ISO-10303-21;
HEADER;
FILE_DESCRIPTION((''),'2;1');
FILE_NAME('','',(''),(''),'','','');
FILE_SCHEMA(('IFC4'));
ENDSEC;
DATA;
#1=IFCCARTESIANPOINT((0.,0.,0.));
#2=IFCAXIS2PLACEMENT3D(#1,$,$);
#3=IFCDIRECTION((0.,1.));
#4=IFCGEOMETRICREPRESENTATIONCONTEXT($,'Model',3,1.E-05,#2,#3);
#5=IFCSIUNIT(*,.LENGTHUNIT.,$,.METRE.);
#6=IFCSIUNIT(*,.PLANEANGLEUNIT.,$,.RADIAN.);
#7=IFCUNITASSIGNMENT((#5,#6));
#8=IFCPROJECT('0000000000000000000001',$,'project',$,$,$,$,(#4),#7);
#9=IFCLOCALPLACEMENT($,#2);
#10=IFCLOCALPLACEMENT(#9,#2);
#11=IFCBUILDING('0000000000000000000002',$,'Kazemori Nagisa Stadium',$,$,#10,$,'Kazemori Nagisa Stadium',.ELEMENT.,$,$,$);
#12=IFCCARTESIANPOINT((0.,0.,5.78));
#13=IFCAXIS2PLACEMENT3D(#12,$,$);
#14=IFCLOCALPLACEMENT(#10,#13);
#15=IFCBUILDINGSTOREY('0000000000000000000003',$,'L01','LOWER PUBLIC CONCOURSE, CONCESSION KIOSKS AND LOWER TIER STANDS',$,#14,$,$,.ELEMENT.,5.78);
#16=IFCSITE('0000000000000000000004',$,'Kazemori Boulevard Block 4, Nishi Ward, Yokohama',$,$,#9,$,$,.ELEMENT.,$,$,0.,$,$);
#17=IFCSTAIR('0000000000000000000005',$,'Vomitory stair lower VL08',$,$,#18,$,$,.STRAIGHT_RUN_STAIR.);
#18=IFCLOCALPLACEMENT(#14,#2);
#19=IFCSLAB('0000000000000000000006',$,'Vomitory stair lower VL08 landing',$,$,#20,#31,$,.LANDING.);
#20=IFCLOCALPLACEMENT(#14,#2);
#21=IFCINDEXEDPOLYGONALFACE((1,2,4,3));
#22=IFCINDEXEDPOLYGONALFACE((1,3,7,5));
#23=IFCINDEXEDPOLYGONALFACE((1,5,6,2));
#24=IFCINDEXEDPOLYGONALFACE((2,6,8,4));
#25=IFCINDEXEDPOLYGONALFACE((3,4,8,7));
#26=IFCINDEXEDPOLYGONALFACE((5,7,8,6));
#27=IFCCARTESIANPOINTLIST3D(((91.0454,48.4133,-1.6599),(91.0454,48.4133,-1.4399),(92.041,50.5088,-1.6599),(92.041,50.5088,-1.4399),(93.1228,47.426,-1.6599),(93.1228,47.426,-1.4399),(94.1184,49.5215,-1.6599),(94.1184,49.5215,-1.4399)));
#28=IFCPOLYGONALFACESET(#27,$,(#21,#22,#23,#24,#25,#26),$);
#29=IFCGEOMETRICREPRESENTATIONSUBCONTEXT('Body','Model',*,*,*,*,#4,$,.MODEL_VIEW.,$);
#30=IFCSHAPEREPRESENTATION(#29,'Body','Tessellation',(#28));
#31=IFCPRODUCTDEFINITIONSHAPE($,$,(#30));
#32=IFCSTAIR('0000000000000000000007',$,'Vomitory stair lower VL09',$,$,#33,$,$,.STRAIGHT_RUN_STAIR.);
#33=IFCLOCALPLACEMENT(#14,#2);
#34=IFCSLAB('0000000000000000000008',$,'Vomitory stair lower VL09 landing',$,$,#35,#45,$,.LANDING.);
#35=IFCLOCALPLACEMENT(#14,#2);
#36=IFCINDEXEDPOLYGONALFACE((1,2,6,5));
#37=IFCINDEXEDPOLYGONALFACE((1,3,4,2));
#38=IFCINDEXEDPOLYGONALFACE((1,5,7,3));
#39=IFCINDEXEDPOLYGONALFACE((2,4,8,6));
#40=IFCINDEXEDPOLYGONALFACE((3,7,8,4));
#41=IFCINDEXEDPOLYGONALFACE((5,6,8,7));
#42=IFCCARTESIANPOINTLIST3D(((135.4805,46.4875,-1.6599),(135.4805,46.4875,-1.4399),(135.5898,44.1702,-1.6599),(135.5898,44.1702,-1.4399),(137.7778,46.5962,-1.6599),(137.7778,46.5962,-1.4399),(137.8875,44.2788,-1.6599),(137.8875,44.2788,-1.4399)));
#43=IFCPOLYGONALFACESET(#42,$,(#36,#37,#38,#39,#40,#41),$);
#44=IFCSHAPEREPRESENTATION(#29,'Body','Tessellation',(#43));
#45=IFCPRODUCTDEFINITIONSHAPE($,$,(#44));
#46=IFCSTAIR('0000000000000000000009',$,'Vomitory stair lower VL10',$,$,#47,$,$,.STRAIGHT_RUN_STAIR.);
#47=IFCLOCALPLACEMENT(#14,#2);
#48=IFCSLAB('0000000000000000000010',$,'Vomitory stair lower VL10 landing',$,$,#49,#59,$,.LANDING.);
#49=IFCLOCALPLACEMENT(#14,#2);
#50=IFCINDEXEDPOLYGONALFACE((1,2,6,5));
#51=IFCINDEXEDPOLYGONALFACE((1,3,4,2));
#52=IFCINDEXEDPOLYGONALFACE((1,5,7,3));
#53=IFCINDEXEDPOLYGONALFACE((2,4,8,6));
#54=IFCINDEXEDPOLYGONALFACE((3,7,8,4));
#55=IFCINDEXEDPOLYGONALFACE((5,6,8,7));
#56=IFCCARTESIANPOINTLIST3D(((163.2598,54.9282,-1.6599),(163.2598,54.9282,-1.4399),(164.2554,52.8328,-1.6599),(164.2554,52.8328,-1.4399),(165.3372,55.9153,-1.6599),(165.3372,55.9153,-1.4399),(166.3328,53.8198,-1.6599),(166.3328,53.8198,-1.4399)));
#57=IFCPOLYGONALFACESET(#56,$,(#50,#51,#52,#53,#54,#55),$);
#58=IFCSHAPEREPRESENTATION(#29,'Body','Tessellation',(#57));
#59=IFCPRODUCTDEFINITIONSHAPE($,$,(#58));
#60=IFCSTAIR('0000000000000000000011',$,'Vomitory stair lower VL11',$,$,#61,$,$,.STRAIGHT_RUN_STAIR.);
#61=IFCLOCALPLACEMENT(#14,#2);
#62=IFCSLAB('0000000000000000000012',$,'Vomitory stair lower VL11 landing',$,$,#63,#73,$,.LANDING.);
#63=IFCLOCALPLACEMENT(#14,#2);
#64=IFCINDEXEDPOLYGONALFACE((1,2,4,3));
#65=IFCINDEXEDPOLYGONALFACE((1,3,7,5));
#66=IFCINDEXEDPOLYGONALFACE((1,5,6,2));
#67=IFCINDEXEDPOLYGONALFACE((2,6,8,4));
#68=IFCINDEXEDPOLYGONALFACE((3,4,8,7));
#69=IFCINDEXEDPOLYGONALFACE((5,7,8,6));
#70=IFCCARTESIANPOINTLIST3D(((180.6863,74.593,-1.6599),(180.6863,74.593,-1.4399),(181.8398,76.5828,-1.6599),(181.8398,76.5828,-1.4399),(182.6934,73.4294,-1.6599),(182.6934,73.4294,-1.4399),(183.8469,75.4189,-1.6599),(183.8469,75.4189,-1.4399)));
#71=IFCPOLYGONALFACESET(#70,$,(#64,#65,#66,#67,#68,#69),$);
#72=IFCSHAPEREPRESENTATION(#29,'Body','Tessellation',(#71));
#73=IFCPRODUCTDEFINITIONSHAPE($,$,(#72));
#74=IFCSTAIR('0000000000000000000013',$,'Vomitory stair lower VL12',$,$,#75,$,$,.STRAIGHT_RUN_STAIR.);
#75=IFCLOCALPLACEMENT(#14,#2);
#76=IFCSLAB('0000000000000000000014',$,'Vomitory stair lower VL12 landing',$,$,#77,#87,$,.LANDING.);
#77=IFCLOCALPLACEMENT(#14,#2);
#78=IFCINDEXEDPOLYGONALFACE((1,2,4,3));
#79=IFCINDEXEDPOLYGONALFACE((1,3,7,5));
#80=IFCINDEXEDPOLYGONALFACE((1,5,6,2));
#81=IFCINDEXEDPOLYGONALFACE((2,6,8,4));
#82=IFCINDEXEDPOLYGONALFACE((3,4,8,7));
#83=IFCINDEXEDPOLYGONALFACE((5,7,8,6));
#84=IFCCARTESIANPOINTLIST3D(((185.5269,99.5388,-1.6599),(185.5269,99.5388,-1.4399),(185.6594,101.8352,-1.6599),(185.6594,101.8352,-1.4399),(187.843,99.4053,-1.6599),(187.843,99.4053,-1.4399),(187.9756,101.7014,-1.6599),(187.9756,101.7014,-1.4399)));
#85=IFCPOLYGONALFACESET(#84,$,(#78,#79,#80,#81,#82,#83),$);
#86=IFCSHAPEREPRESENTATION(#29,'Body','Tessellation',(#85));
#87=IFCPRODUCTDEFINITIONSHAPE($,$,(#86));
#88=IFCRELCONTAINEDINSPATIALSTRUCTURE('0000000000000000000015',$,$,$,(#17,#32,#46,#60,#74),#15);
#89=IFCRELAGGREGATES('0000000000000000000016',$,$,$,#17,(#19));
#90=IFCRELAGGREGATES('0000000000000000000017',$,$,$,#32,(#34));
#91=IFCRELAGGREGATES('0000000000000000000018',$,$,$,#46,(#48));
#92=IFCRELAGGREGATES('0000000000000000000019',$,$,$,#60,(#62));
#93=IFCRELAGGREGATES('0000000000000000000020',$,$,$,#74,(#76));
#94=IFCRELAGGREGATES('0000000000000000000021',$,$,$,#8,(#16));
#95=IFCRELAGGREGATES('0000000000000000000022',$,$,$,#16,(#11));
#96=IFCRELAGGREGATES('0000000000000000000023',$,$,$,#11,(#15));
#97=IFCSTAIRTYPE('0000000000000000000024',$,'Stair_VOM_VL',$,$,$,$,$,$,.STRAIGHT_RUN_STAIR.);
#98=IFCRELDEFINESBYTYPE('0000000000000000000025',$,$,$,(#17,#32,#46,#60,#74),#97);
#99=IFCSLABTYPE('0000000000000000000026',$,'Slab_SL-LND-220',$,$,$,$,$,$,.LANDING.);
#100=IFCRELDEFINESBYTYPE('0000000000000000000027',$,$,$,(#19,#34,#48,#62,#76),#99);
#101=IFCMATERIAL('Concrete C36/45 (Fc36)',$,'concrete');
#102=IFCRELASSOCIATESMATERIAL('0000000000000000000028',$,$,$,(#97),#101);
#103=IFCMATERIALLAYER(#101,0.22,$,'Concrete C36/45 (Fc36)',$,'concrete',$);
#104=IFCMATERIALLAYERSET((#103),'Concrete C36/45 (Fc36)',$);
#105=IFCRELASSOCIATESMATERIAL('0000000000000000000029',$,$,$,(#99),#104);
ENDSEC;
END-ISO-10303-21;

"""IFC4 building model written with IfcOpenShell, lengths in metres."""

from ifc_helpers import new_model, si_unit, direction, frame, origin, place, context, subcontext, project, spatial, polyline, outline, extrude, material, layer, layer_set, type_object, element, aggregate, save


model = new_model("IFC4")

# Units and contexts
model_context = context("Model", 3, precision=1e-05, world=origin(), true_north=direction((0.0, 1.0)))
body_context = subcontext(model_context, "Body", "Model", "MODEL_VIEW")
ifc_project = project(units=[si_unit("LENGTHUNIT", "METRE"), si_unit("PLANEANGLEUNIT", "RADIAN")], contexts=[model_context])

# Site, building, storey
site_placement = place(None, origin())
site = spatial("IfcSite", under=ifc_project, at=site_placement, Name="Kazemori Boulevard Block 4, Nishi Ward, Yokohama", CompositionType="ELEMENT", RefElevation=0.0)
building_placement = place(site_placement, origin())
building = spatial("IfcBuilding", under=site, at=building_placement, Name="Kazemori Nagisa Stadium", LongName="Kazemori Nagisa Stadium", CompositionType="ELEMENT")
storey_placement = place(building_placement, frame((0.0, 0.0, 5.78)))
storey = spatial("IfcBuildingStorey", under=building, at=storey_placement, Name="L01", Description="LOWER PUBLIC CONCOURSE, CONCESSION KIOSKS AND LOWER TIER STANDS", CompositionType="ELEMENT", Elevation=5.78)

# Shared definitions
ifc_material = material(Name="Concrete C36/45 (Fc36)", Category="concrete")

# Stairs, slabs
stair_type = type_object("IfcStairType", Name="Stair_VOM_VL", PredefinedType="STRAIGHT_RUN_STAIR", material=ifc_material)
ifc_layer_1 = layer(ifc_material, 0.22, Name="Concrete C36/45 (Fc36)", Category="concrete")
ifc_layer_set_1 = layer_set([ifc_layer_1], Name="Concrete C36/45 (Fc36)")
slab_type_1 = type_object("IfcSlabType", Name="Slab_SL-LND-220", PredefinedType="LANDING", material=ifc_layer_set_1)
stair_1_placement = place(storey_placement, origin())
stair_1 = element("IfcStair", 1, at=stair_1_placement, inside=storey, type_object=stair_type, Name="Vomitory stair lower VL08", PredefinedType="STRAIGHT_RUN_STAIR")
slab_1_placement = place(storey_placement, frame((0.0, 0.0, -1.6599)))
slab_1 = element("IfcSlab", 2, at=slab_1_placement, type_object=slab_type_1, Name="Vomitory stair lower VL08 landing", PredefinedType="LANDING", context=body_context, shape_type="SweptSolid", body=[
    extrude(outline(polyline([(93.1228, 47.426), (91.0454, 48.4133), (92.041, 50.5088), (94.1184, 49.5215), (93.1228, 47.426)])), origin(), (0.0, 0.0, 1.0), 0.22),
])
aggregate(stair_1, [slab_1])
stair_2_placement = place(storey_placement, origin())
stair_2 = element("IfcStair", 3, at=stair_2_placement, inside=storey, type_object=stair_type, Name="Vomitory stair lower VL09", PredefinedType="STRAIGHT_RUN_STAIR")
slab_2_placement = place(storey_placement, frame((0.0, 0.0, -1.6599)))
slab_2 = element("IfcSlab", 4, at=slab_2_placement, type_object=slab_type_1, Name="Vomitory stair lower VL09 landing", PredefinedType="LANDING", context=body_context, shape_type="SweptSolid", body=[
    extrude(outline(polyline([(137.8875, 44.2788), (135.5898, 44.1702), (135.4805, 46.4875), (137.7778, 46.5962), (137.8875, 44.2788)])), origin(), (0.0, 0.0, 1.0), 0.22),
])
aggregate(stair_2, [slab_2])
stair_3_placement = place(storey_placement, origin())
stair_3 = element("IfcStair", 5, at=stair_3_placement, inside=storey, type_object=stair_type, Name="Vomitory stair lower VL10", PredefinedType="STRAIGHT_RUN_STAIR")
slab_3_placement = place(storey_placement, frame((0.0, 0.0, -1.6599)))
slab_3 = element("IfcSlab", 6, at=slab_3_placement, type_object=slab_type_1, Name="Vomitory stair lower VL10 landing", PredefinedType="LANDING", context=body_context, shape_type="SweptSolid", body=[
    extrude(outline(polyline([(166.3328, 53.8198), (164.2554, 52.8328), (163.2598, 54.9282), (165.3372, 55.9153), (166.3328, 53.8198)])), origin(), (0.0, 0.0, 1.0), 0.22),
])
aggregate(stair_3, [slab_3])
stair_4_placement = place(storey_placement, origin())
stair_4 = element("IfcStair", 7, at=stair_4_placement, inside=storey, type_object=stair_type, Name="Vomitory stair lower VL11", PredefinedType="STRAIGHT_RUN_STAIR")
slab_4_placement = place(storey_placement, frame((0.0, 0.0, -1.6599)))
slab_4 = element("IfcSlab", 8, at=slab_4_placement, type_object=slab_type_1, Name="Vomitory stair lower VL11 landing", PredefinedType="LANDING", context=body_context, shape_type="SweptSolid", body=[
    extrude(outline(polyline([(183.8469, 75.4189), (182.6934, 73.4294), (180.6863, 74.593), (181.8398, 76.5828), (183.8469, 75.4189)])), origin(), (0.0, 0.0, 1.0), 0.22),
])
aggregate(stair_4, [slab_4])
stair_5_placement = place(storey_placement, origin())
stair_5 = element("IfcStair", 9, at=stair_5_placement, inside=storey, type_object=stair_type, Name="Vomitory stair lower VL12", PredefinedType="STRAIGHT_RUN_STAIR")
slab_5_placement = place(storey_placement, frame((0.0, 0.0, -1.6599)))
slab_5 = element("IfcSlab", 10, at=slab_5_placement, type_object=slab_type_1, Name="Vomitory stair lower VL12 landing", PredefinedType="LANDING", context=body_context, shape_type="SweptSolid", body=[
    extrude(outline(polyline([(187.9756, 101.7014), (187.843, 99.4053), (185.5269, 99.5388), (185.6594, 101.8352), (187.9756, 101.7014)])), origin(), (0.0, 0.0, 1.0), 0.22),
])
aggregate(stair_5, [slab_5])

save(model, "model.ifc")
